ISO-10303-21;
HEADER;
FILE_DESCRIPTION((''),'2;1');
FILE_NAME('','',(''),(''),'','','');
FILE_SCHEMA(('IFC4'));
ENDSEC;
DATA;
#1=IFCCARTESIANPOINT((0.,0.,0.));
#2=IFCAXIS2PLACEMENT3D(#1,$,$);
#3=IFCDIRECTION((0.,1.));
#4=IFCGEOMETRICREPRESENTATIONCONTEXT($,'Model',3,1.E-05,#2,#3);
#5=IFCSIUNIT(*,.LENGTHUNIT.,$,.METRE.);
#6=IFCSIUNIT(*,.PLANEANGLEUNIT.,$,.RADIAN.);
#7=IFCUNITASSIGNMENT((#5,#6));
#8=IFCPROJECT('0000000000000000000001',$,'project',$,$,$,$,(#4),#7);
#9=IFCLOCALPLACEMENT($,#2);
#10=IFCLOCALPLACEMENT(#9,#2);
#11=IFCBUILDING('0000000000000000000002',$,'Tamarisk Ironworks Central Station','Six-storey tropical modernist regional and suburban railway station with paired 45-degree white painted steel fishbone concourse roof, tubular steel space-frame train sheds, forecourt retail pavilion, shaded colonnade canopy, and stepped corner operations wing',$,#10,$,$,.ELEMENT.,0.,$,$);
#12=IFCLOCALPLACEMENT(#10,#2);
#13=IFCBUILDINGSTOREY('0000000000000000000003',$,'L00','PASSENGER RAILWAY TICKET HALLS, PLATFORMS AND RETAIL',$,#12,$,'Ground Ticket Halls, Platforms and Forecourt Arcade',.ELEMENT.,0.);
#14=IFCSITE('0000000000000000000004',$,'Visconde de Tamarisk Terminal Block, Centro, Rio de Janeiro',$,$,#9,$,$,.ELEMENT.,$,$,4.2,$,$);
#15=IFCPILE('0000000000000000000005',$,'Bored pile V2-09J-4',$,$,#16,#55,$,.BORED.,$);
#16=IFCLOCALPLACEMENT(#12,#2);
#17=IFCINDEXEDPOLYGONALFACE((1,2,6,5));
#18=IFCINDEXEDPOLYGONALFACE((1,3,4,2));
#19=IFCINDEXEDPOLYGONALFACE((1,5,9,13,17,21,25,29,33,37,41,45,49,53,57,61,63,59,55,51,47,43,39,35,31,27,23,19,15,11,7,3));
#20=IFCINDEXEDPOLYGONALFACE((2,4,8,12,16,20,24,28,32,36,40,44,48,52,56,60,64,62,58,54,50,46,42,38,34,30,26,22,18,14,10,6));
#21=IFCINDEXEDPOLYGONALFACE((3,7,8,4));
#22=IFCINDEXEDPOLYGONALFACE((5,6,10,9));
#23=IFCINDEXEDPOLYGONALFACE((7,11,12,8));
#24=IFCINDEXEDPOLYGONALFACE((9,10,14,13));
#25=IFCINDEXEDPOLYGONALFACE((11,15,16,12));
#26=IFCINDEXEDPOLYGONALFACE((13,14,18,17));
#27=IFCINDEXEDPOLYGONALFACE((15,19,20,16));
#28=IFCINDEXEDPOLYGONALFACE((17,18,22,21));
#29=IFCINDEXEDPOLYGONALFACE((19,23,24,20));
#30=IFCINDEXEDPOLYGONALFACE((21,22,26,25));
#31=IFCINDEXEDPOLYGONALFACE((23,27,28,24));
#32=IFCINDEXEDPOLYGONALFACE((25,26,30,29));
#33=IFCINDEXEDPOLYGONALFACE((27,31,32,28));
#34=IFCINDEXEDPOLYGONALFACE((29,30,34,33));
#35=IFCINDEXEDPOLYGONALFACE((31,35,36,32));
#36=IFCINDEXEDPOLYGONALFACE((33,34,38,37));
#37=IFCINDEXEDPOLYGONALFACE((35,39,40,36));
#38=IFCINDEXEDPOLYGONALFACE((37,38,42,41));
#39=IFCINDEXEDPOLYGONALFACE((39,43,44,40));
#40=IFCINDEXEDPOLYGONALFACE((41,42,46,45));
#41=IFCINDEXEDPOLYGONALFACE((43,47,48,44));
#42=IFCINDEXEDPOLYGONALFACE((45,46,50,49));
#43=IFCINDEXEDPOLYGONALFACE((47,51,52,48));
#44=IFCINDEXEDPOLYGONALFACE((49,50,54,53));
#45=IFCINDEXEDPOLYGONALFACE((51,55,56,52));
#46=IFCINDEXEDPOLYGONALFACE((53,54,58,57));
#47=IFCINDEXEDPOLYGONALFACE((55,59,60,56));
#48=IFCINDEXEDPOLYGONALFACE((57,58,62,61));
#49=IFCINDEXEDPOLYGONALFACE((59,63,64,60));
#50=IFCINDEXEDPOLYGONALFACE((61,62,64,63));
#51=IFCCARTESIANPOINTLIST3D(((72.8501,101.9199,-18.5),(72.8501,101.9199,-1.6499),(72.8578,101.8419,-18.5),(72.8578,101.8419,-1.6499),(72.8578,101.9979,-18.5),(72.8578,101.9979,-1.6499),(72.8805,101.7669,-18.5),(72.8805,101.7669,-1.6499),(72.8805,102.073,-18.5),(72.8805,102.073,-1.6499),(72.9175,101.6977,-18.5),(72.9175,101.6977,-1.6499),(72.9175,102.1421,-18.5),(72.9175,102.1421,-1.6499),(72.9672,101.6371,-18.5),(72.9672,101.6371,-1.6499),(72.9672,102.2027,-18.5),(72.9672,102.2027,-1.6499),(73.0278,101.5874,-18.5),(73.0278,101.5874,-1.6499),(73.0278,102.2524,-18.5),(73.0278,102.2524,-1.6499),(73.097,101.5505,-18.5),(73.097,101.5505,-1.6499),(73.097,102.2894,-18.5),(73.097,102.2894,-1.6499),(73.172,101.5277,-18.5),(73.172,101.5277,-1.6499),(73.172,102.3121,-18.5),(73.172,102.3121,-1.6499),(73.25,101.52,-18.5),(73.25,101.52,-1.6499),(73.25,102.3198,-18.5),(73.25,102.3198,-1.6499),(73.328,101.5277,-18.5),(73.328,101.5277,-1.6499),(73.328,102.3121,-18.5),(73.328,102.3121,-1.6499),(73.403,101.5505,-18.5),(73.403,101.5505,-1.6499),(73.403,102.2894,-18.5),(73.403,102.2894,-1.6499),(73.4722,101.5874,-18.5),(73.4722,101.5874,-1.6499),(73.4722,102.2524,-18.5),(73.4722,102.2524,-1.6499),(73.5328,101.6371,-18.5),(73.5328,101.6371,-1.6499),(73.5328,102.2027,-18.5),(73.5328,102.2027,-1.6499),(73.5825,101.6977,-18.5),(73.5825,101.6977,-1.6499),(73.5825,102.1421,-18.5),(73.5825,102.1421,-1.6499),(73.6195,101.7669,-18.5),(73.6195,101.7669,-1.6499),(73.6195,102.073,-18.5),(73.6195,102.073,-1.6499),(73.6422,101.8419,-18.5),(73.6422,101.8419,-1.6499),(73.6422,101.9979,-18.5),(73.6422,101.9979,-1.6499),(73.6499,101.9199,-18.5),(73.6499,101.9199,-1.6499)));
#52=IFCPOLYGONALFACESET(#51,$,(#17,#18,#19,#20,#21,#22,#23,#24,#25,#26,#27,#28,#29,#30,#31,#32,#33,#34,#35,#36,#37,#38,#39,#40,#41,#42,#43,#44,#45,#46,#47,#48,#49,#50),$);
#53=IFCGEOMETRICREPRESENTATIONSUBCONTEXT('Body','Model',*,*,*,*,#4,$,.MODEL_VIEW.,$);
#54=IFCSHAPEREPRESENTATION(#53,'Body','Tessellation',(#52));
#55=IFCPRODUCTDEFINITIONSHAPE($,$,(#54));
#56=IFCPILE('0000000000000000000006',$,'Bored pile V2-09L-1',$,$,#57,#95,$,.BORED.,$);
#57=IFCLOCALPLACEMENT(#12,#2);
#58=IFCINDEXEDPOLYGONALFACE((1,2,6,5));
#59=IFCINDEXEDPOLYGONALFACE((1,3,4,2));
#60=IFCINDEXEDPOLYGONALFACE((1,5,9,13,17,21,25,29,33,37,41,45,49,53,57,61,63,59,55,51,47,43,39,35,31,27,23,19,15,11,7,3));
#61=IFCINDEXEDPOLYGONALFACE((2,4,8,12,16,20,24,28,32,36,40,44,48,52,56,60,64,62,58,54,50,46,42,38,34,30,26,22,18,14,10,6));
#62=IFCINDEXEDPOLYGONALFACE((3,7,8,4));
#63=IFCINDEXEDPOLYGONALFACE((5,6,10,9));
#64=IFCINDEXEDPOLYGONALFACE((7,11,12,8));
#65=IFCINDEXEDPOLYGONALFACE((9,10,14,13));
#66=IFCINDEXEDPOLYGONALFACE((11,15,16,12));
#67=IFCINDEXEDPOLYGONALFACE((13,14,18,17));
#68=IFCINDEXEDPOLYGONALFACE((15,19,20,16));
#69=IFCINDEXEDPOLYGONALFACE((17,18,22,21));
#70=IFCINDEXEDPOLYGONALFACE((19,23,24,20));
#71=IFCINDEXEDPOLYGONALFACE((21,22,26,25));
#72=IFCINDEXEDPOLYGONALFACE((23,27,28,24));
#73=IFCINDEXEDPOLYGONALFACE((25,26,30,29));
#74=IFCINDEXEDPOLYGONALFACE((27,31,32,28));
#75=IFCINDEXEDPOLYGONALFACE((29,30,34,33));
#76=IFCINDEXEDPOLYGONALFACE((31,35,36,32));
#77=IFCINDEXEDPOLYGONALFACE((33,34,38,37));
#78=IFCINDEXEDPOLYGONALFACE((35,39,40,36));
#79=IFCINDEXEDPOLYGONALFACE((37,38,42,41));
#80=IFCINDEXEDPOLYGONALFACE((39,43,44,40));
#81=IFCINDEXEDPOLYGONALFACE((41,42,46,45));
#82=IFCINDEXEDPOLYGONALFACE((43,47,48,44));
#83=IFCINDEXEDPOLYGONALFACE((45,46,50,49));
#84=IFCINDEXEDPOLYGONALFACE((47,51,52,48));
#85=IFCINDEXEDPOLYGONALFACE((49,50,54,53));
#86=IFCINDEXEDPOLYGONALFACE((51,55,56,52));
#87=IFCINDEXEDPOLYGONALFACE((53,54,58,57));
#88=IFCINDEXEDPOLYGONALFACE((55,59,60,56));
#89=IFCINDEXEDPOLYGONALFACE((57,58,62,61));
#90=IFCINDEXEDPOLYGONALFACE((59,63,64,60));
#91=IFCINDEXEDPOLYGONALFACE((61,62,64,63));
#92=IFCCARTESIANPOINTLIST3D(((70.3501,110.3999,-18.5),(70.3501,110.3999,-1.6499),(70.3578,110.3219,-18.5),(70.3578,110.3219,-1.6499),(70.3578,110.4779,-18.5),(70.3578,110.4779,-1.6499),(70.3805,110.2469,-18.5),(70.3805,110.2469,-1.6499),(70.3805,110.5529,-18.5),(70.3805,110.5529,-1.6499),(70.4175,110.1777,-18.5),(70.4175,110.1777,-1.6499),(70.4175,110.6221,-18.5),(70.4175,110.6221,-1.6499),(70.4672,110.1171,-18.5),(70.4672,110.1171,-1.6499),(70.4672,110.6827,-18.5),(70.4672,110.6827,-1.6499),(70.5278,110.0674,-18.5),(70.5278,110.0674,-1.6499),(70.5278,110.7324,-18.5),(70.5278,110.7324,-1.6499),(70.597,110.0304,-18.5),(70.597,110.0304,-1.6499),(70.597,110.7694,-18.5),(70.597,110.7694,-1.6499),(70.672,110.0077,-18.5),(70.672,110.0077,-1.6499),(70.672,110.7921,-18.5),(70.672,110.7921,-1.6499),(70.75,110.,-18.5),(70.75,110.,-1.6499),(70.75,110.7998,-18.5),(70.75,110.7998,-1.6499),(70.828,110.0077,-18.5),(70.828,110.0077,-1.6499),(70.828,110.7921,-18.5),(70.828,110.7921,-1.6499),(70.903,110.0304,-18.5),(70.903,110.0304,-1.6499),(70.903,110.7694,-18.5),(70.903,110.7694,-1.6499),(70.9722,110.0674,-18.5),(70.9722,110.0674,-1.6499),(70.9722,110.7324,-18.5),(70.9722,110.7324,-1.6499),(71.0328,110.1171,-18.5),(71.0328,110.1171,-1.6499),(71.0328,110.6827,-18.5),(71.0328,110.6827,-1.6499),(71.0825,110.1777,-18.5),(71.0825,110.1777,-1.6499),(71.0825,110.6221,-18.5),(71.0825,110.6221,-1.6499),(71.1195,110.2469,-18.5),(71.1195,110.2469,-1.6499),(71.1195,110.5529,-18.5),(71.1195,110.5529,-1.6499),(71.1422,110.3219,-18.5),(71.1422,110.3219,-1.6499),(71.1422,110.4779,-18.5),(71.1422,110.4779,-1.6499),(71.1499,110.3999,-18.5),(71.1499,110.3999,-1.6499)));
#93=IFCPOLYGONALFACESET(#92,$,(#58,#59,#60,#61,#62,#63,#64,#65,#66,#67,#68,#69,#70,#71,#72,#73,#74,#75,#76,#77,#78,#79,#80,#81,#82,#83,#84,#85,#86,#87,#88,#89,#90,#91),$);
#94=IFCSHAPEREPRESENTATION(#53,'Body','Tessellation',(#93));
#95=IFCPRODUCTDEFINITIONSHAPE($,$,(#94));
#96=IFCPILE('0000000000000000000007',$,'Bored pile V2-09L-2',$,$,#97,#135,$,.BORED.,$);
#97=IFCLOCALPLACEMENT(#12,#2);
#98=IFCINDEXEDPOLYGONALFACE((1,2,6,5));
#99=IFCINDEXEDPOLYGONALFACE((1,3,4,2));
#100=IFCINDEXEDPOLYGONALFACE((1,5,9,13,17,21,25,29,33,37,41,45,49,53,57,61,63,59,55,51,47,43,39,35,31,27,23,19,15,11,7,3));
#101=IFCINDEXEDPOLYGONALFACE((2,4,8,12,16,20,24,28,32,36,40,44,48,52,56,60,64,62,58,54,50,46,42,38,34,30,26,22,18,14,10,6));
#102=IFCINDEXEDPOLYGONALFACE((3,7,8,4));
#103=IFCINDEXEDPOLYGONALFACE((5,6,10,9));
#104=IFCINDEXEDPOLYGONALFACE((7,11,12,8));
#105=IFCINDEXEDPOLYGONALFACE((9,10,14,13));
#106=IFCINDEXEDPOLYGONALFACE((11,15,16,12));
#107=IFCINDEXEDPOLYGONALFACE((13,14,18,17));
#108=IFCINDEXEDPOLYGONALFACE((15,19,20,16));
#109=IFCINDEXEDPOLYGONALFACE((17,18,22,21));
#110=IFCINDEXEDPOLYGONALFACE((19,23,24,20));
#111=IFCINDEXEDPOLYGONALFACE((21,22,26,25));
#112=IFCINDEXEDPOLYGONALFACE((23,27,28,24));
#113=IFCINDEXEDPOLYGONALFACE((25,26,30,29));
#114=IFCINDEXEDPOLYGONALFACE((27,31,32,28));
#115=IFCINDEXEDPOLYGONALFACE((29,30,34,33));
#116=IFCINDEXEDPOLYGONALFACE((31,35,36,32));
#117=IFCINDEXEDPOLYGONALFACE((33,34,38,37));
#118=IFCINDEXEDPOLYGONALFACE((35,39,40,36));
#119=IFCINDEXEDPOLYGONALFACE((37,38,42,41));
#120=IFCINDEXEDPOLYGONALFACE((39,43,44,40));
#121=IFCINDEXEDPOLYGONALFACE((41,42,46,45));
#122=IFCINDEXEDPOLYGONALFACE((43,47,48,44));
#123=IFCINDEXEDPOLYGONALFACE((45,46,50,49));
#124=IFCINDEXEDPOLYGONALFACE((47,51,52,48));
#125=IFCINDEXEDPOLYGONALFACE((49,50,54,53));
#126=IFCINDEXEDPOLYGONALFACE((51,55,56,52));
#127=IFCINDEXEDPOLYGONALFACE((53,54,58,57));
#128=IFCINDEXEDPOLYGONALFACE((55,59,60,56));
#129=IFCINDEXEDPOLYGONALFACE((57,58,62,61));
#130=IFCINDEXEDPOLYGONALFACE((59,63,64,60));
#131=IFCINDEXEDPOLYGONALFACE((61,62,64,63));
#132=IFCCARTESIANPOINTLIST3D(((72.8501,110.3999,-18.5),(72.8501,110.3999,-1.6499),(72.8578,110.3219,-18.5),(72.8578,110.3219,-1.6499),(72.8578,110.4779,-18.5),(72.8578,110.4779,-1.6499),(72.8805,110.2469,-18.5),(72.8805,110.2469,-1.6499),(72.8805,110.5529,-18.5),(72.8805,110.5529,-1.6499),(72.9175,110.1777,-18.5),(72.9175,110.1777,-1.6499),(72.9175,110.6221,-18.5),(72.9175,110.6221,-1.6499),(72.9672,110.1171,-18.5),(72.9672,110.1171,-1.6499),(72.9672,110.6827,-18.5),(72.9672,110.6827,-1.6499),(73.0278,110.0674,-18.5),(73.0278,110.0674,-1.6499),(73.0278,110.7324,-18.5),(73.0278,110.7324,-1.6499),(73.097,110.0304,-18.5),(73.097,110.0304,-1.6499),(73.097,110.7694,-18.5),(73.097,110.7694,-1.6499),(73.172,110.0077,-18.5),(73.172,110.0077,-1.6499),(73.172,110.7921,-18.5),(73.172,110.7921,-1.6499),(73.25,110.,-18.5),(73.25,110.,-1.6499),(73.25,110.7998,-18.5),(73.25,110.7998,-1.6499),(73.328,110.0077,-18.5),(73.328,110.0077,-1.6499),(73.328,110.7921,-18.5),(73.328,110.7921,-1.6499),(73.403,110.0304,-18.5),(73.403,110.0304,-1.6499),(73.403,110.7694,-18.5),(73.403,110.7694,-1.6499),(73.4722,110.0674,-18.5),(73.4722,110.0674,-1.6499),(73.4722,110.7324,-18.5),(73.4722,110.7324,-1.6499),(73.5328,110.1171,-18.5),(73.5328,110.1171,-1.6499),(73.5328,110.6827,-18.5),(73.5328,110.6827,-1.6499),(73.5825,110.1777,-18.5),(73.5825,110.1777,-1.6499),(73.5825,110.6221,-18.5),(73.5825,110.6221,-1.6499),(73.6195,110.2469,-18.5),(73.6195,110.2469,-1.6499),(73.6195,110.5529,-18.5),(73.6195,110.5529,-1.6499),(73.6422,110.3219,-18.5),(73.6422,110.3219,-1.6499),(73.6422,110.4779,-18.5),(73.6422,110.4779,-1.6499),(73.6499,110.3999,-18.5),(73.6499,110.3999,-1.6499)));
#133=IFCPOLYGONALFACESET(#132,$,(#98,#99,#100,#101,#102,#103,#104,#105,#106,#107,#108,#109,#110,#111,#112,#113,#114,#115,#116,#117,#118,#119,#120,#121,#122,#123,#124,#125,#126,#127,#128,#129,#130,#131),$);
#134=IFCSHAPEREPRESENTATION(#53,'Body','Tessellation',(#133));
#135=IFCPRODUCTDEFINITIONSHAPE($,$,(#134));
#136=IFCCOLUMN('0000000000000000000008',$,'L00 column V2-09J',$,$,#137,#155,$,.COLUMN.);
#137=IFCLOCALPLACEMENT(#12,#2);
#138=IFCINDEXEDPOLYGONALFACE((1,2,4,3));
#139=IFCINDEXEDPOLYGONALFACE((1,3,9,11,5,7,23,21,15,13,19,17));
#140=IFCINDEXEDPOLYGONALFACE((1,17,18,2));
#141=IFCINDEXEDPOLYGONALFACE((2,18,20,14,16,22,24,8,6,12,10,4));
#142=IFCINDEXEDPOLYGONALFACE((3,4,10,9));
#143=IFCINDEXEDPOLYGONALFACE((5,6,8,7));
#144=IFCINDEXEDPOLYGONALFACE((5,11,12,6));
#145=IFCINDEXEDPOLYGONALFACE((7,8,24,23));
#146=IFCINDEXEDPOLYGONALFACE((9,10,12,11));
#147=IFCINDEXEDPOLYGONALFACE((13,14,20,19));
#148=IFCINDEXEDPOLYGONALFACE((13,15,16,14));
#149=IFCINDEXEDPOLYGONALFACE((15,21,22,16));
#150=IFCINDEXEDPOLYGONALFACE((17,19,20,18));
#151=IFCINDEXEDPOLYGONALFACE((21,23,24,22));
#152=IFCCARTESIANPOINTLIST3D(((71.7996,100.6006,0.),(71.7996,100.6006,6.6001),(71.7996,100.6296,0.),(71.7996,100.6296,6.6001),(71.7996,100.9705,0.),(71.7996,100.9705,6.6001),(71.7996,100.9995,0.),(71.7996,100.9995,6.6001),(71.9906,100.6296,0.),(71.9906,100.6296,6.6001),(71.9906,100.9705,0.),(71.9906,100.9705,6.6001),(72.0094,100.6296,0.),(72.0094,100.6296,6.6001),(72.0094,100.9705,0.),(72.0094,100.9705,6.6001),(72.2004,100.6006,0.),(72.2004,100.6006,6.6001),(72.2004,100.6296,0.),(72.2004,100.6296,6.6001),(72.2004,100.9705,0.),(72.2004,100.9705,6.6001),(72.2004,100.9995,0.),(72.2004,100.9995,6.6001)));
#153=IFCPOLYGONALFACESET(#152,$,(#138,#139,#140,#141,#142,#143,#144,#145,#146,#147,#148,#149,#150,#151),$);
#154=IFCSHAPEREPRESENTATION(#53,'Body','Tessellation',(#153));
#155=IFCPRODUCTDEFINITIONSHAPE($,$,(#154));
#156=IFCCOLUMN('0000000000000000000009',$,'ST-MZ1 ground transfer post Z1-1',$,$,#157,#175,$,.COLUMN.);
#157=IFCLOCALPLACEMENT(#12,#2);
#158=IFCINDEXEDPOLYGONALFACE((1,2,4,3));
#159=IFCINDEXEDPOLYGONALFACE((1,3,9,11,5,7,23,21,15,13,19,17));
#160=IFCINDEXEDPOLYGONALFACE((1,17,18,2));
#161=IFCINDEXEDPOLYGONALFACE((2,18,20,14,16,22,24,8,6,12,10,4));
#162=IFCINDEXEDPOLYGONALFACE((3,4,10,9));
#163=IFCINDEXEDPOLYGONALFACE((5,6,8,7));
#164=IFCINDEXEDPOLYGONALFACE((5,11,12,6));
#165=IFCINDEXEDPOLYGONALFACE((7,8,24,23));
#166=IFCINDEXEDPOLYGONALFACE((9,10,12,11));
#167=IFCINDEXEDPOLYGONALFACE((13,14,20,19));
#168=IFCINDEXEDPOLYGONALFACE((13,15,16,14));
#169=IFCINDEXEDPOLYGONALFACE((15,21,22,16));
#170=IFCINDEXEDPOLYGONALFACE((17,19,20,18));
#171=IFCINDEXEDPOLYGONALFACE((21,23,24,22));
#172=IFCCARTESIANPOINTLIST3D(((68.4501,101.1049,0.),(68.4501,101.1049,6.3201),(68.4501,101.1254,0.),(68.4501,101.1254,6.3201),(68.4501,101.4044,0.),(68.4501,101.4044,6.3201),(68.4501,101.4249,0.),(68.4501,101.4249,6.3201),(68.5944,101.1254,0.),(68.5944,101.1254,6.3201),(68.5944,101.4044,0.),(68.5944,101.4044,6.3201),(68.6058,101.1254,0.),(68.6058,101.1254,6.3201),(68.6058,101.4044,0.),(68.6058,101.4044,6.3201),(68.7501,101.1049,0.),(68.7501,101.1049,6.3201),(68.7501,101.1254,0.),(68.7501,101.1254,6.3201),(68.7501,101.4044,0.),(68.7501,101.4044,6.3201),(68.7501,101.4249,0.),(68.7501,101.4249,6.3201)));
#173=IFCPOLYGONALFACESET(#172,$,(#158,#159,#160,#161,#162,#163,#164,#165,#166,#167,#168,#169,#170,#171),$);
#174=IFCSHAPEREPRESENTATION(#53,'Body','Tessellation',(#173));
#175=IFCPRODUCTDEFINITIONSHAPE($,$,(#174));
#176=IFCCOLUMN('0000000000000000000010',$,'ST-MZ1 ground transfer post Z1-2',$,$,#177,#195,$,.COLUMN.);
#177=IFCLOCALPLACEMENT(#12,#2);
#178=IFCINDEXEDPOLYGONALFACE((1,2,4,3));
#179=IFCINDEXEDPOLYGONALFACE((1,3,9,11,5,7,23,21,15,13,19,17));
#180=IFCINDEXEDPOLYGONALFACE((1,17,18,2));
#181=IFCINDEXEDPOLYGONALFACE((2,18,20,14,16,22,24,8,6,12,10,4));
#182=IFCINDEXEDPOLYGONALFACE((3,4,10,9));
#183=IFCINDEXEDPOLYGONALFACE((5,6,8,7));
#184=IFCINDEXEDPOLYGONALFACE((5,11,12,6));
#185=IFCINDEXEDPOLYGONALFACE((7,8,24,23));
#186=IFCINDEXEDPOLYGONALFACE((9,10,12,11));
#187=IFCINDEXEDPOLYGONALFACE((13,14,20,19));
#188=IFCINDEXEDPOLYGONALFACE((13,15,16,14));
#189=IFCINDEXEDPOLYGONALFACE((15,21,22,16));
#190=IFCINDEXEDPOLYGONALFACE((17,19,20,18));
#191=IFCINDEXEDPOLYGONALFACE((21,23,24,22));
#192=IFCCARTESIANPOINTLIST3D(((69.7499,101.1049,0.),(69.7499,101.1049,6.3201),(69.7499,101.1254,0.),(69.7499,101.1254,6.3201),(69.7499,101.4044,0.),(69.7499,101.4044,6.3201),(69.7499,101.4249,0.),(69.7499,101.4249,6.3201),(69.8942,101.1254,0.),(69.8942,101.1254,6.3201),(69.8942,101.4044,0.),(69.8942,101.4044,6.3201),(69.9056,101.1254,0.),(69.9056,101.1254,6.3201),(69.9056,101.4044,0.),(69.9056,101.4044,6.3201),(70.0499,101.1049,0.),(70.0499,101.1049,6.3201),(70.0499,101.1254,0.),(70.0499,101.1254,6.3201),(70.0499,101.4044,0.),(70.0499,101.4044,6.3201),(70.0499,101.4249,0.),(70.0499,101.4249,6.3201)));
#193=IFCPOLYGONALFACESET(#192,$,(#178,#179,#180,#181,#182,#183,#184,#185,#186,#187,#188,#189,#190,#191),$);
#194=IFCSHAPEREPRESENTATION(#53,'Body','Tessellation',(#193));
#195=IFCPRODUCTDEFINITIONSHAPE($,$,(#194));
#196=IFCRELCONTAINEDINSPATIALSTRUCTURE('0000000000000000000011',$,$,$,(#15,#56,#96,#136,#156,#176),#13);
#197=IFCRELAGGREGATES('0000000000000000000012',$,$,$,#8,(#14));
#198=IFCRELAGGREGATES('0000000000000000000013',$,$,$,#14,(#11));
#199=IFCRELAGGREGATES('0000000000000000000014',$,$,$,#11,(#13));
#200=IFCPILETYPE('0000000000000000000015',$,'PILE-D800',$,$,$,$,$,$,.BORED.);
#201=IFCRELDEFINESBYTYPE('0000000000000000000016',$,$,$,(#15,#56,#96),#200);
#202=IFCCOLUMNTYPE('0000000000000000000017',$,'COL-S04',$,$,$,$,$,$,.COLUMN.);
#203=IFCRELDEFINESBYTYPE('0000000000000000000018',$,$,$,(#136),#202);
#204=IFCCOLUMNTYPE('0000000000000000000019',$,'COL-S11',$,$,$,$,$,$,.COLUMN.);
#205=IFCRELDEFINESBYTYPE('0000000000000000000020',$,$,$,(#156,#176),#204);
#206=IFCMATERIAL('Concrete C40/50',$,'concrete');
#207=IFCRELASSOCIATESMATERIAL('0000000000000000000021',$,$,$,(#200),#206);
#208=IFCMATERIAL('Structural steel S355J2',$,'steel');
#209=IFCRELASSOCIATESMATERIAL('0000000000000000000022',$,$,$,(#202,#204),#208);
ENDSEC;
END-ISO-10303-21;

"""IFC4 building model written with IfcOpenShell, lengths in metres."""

from ifc_helpers import new_model, si_unit, direction, frame, origin, origin_2d, place, context, subcontext, project, spatial, circle, i_section, extrude, material, material_profile, profile_set, type_object, element, save


model = new_model("IFC4")

# Units and contexts
model_context = context("Model", 3, precision=1e-05, world=origin(), true_north=direction((0.0, 1.0)))
body_context = subcontext(model_context, "Body", "Model", "MODEL_VIEW")
ifc_project = project(units=[si_unit("LENGTHUNIT", "METRE"), si_unit("PLANEANGLEUNIT", "RADIAN")], contexts=[model_context])

# Site, building, storey
site_placement = place(None, origin())
site = spatial("IfcSite", under=ifc_project, at=site_placement, Name="Visconde de Tamarisk Terminal Block, Centro, Rio de Janeiro", CompositionType="ELEMENT", RefElevation=4.2)
building_placement = place(site_placement, origin())
building = spatial("IfcBuilding", under=site, at=building_placement, Name="Tamarisk Ironworks Central Station", Description="Six-storey tropical modernist regional and suburban railway station with paired 45-degree white painted steel fishbone concourse roof, tubular steel space-frame train sheds, forecourt retail pavilion, shaded colonnade canopy, and stepped corner operations wing", CompositionType="ELEMENT", ElevationOfRefHeight=0.0)
storey_placement = place(building_placement, origin())
storey = spatial("IfcBuildingStorey", under=building, at=storey_placement, Name="L00", Description="PASSENGER RAILWAY TICKET HALLS, PLATFORMS AND RETAIL", LongName="Ground Ticket Halls, Platforms and Forecourt Arcade", CompositionType="ELEMENT", Elevation=0.0)

# Shared definitions
ifc_material_1 = material(Name="Concrete C40/50", Category="concrete")

# Piles
ifc_material_profile_1 = material_profile(ifc_material_1, circle(Radius=0.3999, at=origin_2d()), Name="BORED PILE D800")
ifc_profile_set_1 = profile_set([ifc_material_profile_1], Name="Concrete C40/50")
pile_type = type_object("IfcPileType", Name="PILE-D800", PredefinedType="BORED", material=ifc_profile_set_1)
for number, where, z_axis, x_axis, name in (
    (1, (73.25, 101.9199, -1.6499), (0.0, 0.0, -1.0), (1.0, 0.0, 0.0), "Bored pile V2-09J-4"),
    (2, (70.75, 110.3999, -1.6499), (0.0, 0.0, -1.0), (1.0, 0.0, 0.0), "Bored pile V2-09L-1"),
    (3, (73.25, 110.3999, -1.6499), (0.0, 0.0, -1.0), (1.0, 0.0, 0.0), "Bored pile V2-09L-2"),
):
    element("IfcPile", number, at=place(storey_placement, frame(where, z_axis=z_axis, x_axis=x_axis)), inside=storey, type_object=pile_type, Name=name, PredefinedType="BORED", context=body_context, shape_type="SweptSolid", body=[
        extrude(circle(Radius=0.3999, at=origin_2d()), origin(), (0.0, 0.0, 1.0), 16.8501),
    ])

# Columns
ifc_material_2 = material(Name="Structural steel S355J2", Category="steel")
ifc_material_profile_2 = material_profile(ifc_material_2, i_section(OverallWidth=0.4009, OverallDepth=0.3989, WebThickness=0.0188, FlangeThickness=0.0291, at=origin_2d()), Name="HD 400x314")
ifc_profile_set_2 = profile_set([ifc_material_profile_2], Name="Structural steel S355J2")
column_type_1 = type_object("IfcColumnType", Name="COL-S04", PredefinedType="COLUMN", material=ifc_profile_set_2)
column_placement = place(storey_placement, frame((72.0, 100.8, 0.0), z_axis=(0.0, 0.0, 1.0), x_axis=(1.0, 0.0, 0.0)))
element("IfcColumn", 4, at=column_placement, inside=storey, type_object=column_type_1, Name="L00 column V2-09J", PredefinedType="COLUMN", context=body_context, shape_type="SweptSolid", body=[
    extrude(i_section(OverallWidth=0.4009, OverallDepth=0.3989, WebThickness=0.0188, FlangeThickness=0.0291, at=origin_2d()), origin(), (0.0, 0.0, 1.0), 6.6001),
])
ifc_material_profile_3 = material_profile(ifc_material_2, i_section(OverallWidth=0.3, OverallDepth=0.3201, WebThickness=0.0115, FlangeThickness=0.0205, at=origin_2d()), Name="HEB 320")
ifc_profile_set_3 = profile_set([ifc_material_profile_3], Name="Structural steel S355J2")
column_type_2 = type_object("IfcColumnType", Name="COL-S11", PredefinedType="COLUMN", material=ifc_profile_set_3)
for number, where, z_axis, x_axis, name in (
    (5, (68.6001, 101.2649, 0.0), (0.0, 0.0, 1.0), (1.0, 0.0, 0.0), "ST-MZ1 ground transfer post Z1-1"),
    (6, (69.8999, 101.2649, 0.0), (0.0, 0.0, 1.0), (1.0, 0.0, 0.0), "ST-MZ1 ground transfer post Z1-2"),
):
    element("IfcColumn", number, at=place(storey_placement, frame(where, z_axis=z_axis, x_axis=x_axis)), inside=storey, type_object=column_type_2, Name=name, PredefinedType="COLUMN", context=body_context, shape_type="SweptSolid", body=[
        extrude(i_section(OverallWidth=0.3, OverallDepth=0.3201, WebThickness=0.0115, FlangeThickness=0.0205, at=origin_2d()), origin(), (0.0, 0.0, 1.0), 6.3201),
    ])

save(model, "model.ifc")
